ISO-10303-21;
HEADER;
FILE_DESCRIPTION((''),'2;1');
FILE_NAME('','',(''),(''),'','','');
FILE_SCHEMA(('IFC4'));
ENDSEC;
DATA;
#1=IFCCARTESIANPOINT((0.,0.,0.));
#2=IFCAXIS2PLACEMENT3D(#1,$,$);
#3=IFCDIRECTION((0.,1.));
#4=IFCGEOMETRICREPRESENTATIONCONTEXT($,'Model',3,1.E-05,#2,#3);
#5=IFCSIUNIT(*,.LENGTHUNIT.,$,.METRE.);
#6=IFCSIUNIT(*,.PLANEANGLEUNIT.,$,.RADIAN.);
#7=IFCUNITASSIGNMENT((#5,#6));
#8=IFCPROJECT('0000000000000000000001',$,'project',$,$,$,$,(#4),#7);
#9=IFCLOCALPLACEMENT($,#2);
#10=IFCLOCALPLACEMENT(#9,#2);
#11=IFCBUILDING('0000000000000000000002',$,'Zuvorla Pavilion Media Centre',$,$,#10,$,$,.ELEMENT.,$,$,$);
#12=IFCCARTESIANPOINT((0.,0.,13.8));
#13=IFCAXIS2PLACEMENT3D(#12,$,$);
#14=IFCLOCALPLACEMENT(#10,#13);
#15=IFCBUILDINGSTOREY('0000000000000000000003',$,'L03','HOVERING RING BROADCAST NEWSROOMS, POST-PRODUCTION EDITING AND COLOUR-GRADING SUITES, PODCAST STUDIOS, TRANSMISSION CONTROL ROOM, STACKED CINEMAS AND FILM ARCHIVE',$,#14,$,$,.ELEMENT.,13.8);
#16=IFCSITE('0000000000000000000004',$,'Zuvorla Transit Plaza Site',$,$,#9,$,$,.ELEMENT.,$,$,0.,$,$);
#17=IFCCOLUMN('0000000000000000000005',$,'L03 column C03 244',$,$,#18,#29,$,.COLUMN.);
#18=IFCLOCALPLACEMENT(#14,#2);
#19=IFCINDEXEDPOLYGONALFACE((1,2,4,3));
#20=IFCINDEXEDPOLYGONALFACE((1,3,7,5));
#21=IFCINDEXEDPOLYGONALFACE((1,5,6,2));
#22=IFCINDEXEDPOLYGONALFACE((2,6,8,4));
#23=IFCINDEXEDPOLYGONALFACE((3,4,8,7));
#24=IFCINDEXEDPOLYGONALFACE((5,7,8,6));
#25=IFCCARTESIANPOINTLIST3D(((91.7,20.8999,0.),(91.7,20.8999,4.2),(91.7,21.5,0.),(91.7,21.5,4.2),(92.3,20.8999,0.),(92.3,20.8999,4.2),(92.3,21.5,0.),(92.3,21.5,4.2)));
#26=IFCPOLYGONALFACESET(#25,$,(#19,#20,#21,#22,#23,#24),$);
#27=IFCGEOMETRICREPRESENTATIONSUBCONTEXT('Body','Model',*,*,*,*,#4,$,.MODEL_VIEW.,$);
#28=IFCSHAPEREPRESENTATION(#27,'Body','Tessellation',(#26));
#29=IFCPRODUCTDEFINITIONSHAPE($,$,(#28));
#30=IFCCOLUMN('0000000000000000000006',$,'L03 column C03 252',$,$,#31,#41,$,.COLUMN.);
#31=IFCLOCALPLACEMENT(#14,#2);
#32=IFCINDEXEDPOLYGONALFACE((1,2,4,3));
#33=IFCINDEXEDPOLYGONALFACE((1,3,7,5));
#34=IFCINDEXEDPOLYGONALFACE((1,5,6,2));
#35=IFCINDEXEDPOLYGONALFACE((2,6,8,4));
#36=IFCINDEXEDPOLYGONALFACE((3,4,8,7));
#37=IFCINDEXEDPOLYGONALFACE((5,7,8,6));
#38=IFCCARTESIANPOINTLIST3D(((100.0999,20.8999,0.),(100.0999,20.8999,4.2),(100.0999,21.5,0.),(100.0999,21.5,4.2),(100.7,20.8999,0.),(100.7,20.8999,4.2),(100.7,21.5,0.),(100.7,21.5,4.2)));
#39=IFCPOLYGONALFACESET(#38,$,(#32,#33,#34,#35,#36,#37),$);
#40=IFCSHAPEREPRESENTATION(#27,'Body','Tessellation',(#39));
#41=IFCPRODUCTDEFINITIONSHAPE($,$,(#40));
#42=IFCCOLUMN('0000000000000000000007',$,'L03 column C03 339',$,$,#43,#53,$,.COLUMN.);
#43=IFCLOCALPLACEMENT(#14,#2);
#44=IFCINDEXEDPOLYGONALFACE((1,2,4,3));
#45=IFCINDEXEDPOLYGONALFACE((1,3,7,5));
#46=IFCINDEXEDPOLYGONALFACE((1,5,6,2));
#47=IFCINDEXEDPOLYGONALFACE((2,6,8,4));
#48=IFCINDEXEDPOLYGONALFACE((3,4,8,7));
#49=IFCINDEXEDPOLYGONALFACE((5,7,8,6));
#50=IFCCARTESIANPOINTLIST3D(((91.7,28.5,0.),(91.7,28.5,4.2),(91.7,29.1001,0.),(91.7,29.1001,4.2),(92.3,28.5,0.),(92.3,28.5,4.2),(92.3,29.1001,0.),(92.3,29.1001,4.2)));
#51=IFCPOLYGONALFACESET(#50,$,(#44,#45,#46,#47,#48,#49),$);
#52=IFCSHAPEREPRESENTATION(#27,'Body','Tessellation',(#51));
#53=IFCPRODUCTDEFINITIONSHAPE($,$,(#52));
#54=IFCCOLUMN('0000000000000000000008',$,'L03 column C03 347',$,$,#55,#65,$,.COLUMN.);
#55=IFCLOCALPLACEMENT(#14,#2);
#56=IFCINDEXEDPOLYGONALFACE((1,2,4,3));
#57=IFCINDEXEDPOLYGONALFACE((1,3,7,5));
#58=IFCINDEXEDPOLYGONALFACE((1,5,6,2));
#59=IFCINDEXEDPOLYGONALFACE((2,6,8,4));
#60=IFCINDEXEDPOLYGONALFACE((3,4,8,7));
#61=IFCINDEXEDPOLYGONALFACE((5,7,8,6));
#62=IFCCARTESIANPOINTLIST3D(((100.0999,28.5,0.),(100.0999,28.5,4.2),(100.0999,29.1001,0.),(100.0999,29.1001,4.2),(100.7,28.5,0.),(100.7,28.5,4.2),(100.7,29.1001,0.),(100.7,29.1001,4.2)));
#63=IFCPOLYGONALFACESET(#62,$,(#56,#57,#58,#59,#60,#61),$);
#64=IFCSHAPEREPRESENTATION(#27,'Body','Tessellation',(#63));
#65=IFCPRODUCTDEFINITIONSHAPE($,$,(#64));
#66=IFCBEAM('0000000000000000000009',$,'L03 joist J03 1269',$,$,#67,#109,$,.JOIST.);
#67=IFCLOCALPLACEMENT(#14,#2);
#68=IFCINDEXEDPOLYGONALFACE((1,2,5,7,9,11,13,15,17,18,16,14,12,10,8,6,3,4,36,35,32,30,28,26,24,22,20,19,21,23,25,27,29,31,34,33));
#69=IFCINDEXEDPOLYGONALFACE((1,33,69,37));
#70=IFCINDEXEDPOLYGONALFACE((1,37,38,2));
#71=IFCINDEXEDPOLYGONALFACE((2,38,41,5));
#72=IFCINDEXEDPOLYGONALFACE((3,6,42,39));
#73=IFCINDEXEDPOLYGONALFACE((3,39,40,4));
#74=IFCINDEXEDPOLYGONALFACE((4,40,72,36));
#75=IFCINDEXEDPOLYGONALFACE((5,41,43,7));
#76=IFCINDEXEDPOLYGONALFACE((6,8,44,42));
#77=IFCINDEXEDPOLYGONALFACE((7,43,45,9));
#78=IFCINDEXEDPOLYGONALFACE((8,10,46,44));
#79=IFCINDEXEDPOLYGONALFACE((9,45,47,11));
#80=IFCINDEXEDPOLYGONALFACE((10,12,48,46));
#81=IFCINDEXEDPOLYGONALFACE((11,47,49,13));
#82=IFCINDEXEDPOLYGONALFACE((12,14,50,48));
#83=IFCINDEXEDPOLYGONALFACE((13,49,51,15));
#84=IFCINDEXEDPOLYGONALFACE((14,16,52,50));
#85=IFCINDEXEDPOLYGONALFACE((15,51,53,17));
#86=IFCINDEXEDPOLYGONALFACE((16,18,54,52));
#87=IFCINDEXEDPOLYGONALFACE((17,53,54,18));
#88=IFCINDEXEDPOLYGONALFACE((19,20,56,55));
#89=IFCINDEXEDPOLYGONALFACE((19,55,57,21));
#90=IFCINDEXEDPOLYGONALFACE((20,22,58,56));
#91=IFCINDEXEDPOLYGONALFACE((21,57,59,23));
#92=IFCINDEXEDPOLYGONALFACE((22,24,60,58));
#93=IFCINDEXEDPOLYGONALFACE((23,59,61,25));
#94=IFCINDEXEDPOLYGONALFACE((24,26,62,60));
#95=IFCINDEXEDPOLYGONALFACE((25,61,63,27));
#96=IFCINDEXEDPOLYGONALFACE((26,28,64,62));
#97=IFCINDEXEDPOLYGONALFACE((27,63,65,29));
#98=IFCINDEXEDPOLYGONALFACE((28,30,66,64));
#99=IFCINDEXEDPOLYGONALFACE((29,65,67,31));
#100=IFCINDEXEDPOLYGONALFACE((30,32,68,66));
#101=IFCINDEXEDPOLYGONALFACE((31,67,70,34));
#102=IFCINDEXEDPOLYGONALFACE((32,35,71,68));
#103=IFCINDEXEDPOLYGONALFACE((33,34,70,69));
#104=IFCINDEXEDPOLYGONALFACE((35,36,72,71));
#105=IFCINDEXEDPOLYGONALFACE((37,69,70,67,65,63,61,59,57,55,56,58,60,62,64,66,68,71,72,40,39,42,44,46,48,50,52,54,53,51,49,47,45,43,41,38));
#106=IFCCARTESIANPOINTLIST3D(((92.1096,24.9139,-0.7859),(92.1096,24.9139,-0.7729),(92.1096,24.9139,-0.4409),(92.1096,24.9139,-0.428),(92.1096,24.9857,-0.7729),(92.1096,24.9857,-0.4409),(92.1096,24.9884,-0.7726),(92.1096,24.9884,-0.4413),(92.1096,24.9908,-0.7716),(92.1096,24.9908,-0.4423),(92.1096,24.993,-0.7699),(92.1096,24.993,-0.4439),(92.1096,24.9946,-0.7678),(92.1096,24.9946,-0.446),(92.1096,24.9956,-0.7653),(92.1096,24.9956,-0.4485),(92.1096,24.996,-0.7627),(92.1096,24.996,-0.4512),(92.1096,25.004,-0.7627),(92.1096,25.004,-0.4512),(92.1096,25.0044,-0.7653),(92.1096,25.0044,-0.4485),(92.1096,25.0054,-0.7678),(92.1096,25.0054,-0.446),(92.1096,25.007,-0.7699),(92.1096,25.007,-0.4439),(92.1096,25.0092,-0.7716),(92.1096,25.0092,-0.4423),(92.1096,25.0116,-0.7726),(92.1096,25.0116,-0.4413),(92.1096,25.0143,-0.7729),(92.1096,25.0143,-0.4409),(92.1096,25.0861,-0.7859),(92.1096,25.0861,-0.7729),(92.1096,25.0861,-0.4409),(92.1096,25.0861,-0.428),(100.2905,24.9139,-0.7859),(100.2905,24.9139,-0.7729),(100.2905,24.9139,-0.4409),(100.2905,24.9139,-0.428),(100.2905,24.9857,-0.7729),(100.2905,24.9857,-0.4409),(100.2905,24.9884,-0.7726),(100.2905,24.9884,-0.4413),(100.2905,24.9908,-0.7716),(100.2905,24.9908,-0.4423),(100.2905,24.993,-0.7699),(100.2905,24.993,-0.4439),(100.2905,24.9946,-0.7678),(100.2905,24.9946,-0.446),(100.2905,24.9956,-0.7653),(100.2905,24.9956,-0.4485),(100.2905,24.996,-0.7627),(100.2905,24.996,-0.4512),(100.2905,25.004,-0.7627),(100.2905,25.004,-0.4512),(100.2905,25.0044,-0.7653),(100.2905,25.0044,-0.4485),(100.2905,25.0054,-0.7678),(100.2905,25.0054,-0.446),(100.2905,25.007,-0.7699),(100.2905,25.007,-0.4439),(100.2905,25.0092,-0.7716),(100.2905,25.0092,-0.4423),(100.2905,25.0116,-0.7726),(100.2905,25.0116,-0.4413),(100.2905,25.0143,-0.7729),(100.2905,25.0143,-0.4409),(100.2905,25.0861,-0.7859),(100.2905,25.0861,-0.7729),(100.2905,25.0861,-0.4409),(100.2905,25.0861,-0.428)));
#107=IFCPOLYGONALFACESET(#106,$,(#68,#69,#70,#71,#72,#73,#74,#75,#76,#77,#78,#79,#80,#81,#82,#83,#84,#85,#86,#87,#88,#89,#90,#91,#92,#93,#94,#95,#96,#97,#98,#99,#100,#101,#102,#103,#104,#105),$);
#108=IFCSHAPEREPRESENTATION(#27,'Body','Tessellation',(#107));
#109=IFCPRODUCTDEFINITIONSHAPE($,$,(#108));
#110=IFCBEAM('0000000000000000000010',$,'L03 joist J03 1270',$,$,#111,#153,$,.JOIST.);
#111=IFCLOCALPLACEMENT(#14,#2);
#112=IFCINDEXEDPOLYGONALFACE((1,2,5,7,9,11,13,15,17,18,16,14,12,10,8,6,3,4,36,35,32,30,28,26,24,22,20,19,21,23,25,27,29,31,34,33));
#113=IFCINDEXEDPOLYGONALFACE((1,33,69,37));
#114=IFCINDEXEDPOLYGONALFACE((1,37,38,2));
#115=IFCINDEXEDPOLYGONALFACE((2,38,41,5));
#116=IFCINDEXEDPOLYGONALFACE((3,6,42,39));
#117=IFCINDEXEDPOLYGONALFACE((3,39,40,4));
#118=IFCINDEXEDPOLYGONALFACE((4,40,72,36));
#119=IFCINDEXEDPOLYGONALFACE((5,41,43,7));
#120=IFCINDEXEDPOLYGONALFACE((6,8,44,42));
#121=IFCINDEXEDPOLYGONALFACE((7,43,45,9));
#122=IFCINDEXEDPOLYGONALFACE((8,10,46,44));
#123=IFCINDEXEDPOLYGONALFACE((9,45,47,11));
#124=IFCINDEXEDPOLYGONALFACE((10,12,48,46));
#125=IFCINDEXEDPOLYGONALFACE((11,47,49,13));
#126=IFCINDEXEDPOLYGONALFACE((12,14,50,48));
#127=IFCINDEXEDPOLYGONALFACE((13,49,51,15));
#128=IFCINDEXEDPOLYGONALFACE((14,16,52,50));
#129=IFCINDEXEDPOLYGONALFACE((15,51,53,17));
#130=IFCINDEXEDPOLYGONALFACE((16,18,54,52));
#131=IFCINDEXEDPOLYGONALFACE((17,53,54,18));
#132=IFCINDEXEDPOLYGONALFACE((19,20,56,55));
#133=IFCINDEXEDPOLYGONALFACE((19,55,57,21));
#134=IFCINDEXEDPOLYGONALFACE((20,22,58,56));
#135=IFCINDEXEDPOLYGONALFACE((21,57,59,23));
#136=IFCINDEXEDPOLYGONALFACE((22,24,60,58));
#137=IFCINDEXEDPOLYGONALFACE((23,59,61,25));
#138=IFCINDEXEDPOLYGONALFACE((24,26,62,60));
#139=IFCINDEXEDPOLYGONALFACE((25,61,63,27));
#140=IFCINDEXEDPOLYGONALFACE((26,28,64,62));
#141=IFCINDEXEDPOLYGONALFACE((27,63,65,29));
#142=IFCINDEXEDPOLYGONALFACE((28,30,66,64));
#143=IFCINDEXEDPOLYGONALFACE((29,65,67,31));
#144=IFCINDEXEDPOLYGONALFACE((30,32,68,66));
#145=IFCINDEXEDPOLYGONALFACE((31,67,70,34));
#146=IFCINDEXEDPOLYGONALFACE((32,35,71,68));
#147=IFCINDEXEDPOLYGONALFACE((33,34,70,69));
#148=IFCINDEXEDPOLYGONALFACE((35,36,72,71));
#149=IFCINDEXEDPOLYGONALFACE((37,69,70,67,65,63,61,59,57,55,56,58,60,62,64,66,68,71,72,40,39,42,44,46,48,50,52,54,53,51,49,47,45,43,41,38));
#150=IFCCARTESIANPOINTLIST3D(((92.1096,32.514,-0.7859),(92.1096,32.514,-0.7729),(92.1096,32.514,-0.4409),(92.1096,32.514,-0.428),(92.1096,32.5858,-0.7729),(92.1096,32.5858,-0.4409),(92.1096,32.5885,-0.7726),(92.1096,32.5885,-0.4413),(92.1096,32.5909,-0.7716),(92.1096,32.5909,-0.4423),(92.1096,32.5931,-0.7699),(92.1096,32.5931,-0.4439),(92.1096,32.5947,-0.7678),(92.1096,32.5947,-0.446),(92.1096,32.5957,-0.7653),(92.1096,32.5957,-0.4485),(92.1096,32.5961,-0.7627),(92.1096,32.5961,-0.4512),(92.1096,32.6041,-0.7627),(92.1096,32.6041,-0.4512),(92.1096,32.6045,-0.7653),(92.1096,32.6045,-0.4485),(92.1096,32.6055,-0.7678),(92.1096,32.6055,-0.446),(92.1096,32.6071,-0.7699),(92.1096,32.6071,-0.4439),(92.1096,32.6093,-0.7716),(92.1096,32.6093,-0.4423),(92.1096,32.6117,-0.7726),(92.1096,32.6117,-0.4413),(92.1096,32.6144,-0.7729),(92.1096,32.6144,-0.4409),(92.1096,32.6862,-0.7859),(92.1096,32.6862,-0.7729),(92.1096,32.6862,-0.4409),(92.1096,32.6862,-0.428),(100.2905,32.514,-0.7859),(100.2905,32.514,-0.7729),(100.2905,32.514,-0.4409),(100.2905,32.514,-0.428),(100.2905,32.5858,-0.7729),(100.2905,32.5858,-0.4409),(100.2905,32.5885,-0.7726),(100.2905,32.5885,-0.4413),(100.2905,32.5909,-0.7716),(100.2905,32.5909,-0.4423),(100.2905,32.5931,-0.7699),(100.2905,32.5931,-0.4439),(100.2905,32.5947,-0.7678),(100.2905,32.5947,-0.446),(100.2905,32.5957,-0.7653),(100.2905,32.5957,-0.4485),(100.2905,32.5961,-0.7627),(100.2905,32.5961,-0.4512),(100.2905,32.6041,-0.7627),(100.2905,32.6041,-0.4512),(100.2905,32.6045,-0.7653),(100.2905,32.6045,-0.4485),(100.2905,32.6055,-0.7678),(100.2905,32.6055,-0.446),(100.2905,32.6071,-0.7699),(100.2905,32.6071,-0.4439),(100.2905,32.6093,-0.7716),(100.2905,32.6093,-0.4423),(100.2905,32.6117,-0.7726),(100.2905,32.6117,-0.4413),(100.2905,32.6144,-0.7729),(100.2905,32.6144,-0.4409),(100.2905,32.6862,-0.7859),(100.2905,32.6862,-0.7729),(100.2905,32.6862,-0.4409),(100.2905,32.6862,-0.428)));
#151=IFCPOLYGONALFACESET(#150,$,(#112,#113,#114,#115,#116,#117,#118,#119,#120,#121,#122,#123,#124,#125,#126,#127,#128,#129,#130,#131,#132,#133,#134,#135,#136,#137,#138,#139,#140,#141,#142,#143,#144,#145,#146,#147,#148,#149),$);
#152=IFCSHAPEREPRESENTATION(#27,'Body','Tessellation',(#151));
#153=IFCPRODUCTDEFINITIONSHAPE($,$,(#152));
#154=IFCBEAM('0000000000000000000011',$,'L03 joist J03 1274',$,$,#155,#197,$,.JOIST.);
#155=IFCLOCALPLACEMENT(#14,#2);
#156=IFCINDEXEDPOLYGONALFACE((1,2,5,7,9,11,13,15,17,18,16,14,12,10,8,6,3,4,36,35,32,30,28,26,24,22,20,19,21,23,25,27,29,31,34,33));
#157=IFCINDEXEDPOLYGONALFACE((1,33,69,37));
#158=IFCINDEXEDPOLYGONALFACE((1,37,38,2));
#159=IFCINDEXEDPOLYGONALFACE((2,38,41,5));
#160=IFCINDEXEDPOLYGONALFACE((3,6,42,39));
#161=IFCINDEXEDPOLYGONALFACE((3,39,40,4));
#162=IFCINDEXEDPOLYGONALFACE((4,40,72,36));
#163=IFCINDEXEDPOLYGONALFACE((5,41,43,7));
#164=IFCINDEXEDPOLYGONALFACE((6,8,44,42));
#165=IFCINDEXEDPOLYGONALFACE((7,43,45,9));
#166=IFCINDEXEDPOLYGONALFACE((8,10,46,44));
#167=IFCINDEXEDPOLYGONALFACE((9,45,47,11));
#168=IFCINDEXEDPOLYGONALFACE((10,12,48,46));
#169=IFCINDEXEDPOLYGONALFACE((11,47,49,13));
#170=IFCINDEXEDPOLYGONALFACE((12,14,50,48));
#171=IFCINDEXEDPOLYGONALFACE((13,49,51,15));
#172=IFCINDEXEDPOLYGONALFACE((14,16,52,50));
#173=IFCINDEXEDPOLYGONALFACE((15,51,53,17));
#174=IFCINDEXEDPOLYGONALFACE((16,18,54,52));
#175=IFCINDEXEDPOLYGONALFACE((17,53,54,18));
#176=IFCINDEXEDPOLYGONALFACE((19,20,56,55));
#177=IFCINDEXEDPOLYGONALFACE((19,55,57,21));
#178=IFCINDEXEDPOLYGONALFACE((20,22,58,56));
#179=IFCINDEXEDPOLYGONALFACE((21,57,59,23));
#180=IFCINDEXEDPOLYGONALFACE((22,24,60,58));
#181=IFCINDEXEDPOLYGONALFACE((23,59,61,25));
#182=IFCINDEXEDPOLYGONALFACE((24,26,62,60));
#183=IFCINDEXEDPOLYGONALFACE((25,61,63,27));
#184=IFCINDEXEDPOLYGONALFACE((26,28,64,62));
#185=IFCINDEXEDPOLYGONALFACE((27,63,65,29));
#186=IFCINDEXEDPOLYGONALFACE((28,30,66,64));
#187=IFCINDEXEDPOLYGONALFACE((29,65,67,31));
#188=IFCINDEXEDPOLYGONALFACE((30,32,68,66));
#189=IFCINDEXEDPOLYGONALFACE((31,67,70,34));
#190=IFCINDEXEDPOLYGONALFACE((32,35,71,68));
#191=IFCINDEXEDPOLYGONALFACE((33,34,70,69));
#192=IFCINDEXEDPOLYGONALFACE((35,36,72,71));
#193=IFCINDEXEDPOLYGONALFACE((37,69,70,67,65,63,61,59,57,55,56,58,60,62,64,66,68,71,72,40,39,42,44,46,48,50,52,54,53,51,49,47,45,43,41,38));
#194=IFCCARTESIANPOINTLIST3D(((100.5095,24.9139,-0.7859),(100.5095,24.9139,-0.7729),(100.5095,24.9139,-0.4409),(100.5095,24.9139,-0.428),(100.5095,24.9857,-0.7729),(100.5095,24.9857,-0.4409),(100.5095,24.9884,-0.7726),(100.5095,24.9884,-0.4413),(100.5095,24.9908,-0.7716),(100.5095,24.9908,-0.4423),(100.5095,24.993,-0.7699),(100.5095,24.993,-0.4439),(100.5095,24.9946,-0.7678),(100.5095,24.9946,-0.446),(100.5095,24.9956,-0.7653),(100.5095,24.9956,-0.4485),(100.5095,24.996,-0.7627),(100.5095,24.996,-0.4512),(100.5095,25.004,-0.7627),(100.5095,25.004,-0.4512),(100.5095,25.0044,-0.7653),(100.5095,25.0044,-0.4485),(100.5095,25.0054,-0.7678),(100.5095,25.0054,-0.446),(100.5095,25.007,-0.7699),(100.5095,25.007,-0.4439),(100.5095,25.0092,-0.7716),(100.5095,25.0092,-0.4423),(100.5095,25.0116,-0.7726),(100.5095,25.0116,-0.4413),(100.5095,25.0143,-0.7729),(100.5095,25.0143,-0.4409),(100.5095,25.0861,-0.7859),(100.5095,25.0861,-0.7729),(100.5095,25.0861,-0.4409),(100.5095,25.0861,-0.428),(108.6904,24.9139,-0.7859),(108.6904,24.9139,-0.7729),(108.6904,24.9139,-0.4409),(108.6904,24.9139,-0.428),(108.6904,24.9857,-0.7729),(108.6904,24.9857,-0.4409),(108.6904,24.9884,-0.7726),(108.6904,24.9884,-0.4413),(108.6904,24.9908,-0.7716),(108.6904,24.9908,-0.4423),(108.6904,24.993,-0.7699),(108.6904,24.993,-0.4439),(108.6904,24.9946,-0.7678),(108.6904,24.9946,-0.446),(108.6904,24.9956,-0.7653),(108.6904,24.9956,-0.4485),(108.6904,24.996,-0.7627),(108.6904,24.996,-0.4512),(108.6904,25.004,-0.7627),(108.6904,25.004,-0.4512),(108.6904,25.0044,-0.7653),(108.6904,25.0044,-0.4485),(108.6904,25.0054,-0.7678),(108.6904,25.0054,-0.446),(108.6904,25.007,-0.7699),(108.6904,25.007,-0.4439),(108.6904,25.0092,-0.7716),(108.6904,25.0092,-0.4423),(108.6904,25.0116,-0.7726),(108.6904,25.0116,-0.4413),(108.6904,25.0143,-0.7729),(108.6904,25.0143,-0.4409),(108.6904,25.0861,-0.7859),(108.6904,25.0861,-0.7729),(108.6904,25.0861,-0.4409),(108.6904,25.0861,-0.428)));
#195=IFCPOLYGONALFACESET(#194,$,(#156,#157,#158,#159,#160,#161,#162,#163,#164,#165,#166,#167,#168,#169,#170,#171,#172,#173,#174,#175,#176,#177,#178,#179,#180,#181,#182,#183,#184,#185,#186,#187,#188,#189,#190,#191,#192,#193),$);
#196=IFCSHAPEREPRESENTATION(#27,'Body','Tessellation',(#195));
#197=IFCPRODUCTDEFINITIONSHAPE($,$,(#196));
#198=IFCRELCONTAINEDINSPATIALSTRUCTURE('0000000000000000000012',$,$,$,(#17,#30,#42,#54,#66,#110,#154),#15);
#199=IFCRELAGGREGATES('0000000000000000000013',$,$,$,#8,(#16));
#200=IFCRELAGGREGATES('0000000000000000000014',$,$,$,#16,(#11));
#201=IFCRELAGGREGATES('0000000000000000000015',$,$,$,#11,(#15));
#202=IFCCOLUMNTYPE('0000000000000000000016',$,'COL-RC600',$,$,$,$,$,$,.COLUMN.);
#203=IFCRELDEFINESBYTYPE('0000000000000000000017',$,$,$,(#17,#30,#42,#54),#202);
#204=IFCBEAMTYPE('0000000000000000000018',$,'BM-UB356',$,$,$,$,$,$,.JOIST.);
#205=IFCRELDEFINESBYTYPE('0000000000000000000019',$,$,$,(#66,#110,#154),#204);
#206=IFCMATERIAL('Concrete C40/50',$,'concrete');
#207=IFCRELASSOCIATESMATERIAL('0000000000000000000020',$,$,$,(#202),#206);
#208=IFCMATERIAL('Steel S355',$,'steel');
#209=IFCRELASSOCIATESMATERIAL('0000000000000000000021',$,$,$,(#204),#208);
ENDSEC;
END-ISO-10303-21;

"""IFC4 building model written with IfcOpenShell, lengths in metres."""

from ifc_helpers import new_model, si_unit, direction, frame, origin, origin_2d, place, context, subcontext, project, spatial, rectangle, i_section, extrude, material, material_profile, profile_set, type_object, element, save


model = new_model("IFC4")

# Units and contexts
model_context = context("Model", 3, precision=1e-05, world=origin(), true_north=direction((0.0, 1.0)))
body_context = subcontext(model_context, "Body", "Model", "MODEL_VIEW")
ifc_project = project(units=[si_unit("LENGTHUNIT", "METRE"), si_unit("PLANEANGLEUNIT", "RADIAN")], contexts=[model_context])

# Site, building, storey
site_placement = place(None, origin())
site = spatial("IfcSite", under=ifc_project, at=site_placement, Name="Zuvorla Transit Plaza Site", CompositionType="ELEMENT", RefElevation=0.0)
building_placement = place(site_placement, origin())
building = spatial("IfcBuilding", under=site, at=building_placement, Name="Zuvorla Pavilion Media Centre", CompositionType="ELEMENT")
storey_placement = place(building_placement, frame((0.0, 0.0, 13.8)))
storey = spatial("IfcBuildingStorey", under=building, at=storey_placement, Name="L03", Description="HOVERING RING BROADCAST NEWSROOMS, POST-PRODUCTION EDITING AND COLOUR-GRADING SUITES, PODCAST STUDIOS, TRANSMISSION CONTROL ROOM, STACKED CINEMAS AND FILM ARCHIVE", CompositionType="ELEMENT", Elevation=13.8)

# Columns
ifc_material_1 = material(Name="Concrete C40/50", Category="concrete")
ifc_material_profile_1 = material_profile(ifc_material_1, rectangle(XDim=0.6001, YDim=0.6001, at=origin_2d()), Name="RC 600x600")
ifc_profile_set_1 = profile_set([ifc_material_profile_1], Name="Concrete C40/50")
column_type = type_object("IfcColumnType", Name="COL-RC600", PredefinedType="COLUMN", material=ifc_profile_set_1)
for number, where, z_axis, x_axis, name in (
    (1, (92.0, 21.2, 0.0), (0.0, 0.0, 1.0), (1.0, 0.0, 0.0), "L03 column C03 244"),
    (2, (100.3999, 21.2, 0.0), (0.0, 0.0, 1.0), (1.0, 0.0, 0.0), "L03 column C03 252"),
    (3, (92.0, 28.8, 0.0), (0.0, 0.0, 1.0), (1.0, 0.0, 0.0), "L03 column C03 339"),
    (4, (100.3999, 28.8, 0.0), (0.0, 0.0, 1.0), (1.0, 0.0, 0.0), "L03 column C03 347"),
):
    element("IfcColumn", number, at=place(storey_placement, frame(where, z_axis=z_axis, x_axis=x_axis)), inside=storey, type_object=column_type, Name=name, PredefinedType="COLUMN", context=body_context, shape_type="SweptSolid", body=[
        extrude(rectangle(XDim=0.6001, YDim=0.6001, at=origin_2d()), origin(), (0.0, 0.0, 1.0), 4.2),
    ])

# Beams
ifc_material_2 = material(Name="Steel S355", Category="steel")
ifc_material_profile_2 = material_profile(ifc_material_2, i_section(OverallWidth=0.1721, OverallDepth=0.3579, WebThickness=0.0081, FlangeThickness=0.0129, FilletRadius=0.0103, at=origin_2d()), Name="UB 356x171x57")
ifc_profile_set_2 = profile_set([ifc_material_profile_2], Name="Steel S355")
beam_type_1 = type_object("IfcBeamType", Name="BM-UB356", PredefinedType="JOIST", material=ifc_profile_set_2)
for number, where, z_axis, x_axis, name in (
    (5, (92.1096, 25.0, -0.6069), (1.0, 0.0, 0.0), (0.0, 1.0, 0.0), "L03 joist J03 1269"),
    (6, (92.1096, 32.6001, -0.6069), (1.0, 0.0, 0.0), (0.0, 1.0, 0.0), "L03 joist J03 1270"),
    (7, (100.5095, 25.0, -0.6069), (1.0, 0.0, 0.0), (0.0, 1.0, 0.0), "L03 joist J03 1274"),
):
    element("IfcBeam", number, at=place(storey_placement, frame(where, z_axis=z_axis, x_axis=x_axis)), inside=storey, type_object=beam_type_1, Name=name, PredefinedType="JOIST", context=body_context, shape_type="SweptSolid", body=[
        extrude(i_section(OverallWidth=0.1721, OverallDepth=0.3579, WebThickness=0.0081, FlangeThickness=0.0129, FilletRadius=0.0103, at=origin_2d()), origin(), (0.0, 0.0, 1.0), 8.1809),
    ])

save(model, "model.ifc")
